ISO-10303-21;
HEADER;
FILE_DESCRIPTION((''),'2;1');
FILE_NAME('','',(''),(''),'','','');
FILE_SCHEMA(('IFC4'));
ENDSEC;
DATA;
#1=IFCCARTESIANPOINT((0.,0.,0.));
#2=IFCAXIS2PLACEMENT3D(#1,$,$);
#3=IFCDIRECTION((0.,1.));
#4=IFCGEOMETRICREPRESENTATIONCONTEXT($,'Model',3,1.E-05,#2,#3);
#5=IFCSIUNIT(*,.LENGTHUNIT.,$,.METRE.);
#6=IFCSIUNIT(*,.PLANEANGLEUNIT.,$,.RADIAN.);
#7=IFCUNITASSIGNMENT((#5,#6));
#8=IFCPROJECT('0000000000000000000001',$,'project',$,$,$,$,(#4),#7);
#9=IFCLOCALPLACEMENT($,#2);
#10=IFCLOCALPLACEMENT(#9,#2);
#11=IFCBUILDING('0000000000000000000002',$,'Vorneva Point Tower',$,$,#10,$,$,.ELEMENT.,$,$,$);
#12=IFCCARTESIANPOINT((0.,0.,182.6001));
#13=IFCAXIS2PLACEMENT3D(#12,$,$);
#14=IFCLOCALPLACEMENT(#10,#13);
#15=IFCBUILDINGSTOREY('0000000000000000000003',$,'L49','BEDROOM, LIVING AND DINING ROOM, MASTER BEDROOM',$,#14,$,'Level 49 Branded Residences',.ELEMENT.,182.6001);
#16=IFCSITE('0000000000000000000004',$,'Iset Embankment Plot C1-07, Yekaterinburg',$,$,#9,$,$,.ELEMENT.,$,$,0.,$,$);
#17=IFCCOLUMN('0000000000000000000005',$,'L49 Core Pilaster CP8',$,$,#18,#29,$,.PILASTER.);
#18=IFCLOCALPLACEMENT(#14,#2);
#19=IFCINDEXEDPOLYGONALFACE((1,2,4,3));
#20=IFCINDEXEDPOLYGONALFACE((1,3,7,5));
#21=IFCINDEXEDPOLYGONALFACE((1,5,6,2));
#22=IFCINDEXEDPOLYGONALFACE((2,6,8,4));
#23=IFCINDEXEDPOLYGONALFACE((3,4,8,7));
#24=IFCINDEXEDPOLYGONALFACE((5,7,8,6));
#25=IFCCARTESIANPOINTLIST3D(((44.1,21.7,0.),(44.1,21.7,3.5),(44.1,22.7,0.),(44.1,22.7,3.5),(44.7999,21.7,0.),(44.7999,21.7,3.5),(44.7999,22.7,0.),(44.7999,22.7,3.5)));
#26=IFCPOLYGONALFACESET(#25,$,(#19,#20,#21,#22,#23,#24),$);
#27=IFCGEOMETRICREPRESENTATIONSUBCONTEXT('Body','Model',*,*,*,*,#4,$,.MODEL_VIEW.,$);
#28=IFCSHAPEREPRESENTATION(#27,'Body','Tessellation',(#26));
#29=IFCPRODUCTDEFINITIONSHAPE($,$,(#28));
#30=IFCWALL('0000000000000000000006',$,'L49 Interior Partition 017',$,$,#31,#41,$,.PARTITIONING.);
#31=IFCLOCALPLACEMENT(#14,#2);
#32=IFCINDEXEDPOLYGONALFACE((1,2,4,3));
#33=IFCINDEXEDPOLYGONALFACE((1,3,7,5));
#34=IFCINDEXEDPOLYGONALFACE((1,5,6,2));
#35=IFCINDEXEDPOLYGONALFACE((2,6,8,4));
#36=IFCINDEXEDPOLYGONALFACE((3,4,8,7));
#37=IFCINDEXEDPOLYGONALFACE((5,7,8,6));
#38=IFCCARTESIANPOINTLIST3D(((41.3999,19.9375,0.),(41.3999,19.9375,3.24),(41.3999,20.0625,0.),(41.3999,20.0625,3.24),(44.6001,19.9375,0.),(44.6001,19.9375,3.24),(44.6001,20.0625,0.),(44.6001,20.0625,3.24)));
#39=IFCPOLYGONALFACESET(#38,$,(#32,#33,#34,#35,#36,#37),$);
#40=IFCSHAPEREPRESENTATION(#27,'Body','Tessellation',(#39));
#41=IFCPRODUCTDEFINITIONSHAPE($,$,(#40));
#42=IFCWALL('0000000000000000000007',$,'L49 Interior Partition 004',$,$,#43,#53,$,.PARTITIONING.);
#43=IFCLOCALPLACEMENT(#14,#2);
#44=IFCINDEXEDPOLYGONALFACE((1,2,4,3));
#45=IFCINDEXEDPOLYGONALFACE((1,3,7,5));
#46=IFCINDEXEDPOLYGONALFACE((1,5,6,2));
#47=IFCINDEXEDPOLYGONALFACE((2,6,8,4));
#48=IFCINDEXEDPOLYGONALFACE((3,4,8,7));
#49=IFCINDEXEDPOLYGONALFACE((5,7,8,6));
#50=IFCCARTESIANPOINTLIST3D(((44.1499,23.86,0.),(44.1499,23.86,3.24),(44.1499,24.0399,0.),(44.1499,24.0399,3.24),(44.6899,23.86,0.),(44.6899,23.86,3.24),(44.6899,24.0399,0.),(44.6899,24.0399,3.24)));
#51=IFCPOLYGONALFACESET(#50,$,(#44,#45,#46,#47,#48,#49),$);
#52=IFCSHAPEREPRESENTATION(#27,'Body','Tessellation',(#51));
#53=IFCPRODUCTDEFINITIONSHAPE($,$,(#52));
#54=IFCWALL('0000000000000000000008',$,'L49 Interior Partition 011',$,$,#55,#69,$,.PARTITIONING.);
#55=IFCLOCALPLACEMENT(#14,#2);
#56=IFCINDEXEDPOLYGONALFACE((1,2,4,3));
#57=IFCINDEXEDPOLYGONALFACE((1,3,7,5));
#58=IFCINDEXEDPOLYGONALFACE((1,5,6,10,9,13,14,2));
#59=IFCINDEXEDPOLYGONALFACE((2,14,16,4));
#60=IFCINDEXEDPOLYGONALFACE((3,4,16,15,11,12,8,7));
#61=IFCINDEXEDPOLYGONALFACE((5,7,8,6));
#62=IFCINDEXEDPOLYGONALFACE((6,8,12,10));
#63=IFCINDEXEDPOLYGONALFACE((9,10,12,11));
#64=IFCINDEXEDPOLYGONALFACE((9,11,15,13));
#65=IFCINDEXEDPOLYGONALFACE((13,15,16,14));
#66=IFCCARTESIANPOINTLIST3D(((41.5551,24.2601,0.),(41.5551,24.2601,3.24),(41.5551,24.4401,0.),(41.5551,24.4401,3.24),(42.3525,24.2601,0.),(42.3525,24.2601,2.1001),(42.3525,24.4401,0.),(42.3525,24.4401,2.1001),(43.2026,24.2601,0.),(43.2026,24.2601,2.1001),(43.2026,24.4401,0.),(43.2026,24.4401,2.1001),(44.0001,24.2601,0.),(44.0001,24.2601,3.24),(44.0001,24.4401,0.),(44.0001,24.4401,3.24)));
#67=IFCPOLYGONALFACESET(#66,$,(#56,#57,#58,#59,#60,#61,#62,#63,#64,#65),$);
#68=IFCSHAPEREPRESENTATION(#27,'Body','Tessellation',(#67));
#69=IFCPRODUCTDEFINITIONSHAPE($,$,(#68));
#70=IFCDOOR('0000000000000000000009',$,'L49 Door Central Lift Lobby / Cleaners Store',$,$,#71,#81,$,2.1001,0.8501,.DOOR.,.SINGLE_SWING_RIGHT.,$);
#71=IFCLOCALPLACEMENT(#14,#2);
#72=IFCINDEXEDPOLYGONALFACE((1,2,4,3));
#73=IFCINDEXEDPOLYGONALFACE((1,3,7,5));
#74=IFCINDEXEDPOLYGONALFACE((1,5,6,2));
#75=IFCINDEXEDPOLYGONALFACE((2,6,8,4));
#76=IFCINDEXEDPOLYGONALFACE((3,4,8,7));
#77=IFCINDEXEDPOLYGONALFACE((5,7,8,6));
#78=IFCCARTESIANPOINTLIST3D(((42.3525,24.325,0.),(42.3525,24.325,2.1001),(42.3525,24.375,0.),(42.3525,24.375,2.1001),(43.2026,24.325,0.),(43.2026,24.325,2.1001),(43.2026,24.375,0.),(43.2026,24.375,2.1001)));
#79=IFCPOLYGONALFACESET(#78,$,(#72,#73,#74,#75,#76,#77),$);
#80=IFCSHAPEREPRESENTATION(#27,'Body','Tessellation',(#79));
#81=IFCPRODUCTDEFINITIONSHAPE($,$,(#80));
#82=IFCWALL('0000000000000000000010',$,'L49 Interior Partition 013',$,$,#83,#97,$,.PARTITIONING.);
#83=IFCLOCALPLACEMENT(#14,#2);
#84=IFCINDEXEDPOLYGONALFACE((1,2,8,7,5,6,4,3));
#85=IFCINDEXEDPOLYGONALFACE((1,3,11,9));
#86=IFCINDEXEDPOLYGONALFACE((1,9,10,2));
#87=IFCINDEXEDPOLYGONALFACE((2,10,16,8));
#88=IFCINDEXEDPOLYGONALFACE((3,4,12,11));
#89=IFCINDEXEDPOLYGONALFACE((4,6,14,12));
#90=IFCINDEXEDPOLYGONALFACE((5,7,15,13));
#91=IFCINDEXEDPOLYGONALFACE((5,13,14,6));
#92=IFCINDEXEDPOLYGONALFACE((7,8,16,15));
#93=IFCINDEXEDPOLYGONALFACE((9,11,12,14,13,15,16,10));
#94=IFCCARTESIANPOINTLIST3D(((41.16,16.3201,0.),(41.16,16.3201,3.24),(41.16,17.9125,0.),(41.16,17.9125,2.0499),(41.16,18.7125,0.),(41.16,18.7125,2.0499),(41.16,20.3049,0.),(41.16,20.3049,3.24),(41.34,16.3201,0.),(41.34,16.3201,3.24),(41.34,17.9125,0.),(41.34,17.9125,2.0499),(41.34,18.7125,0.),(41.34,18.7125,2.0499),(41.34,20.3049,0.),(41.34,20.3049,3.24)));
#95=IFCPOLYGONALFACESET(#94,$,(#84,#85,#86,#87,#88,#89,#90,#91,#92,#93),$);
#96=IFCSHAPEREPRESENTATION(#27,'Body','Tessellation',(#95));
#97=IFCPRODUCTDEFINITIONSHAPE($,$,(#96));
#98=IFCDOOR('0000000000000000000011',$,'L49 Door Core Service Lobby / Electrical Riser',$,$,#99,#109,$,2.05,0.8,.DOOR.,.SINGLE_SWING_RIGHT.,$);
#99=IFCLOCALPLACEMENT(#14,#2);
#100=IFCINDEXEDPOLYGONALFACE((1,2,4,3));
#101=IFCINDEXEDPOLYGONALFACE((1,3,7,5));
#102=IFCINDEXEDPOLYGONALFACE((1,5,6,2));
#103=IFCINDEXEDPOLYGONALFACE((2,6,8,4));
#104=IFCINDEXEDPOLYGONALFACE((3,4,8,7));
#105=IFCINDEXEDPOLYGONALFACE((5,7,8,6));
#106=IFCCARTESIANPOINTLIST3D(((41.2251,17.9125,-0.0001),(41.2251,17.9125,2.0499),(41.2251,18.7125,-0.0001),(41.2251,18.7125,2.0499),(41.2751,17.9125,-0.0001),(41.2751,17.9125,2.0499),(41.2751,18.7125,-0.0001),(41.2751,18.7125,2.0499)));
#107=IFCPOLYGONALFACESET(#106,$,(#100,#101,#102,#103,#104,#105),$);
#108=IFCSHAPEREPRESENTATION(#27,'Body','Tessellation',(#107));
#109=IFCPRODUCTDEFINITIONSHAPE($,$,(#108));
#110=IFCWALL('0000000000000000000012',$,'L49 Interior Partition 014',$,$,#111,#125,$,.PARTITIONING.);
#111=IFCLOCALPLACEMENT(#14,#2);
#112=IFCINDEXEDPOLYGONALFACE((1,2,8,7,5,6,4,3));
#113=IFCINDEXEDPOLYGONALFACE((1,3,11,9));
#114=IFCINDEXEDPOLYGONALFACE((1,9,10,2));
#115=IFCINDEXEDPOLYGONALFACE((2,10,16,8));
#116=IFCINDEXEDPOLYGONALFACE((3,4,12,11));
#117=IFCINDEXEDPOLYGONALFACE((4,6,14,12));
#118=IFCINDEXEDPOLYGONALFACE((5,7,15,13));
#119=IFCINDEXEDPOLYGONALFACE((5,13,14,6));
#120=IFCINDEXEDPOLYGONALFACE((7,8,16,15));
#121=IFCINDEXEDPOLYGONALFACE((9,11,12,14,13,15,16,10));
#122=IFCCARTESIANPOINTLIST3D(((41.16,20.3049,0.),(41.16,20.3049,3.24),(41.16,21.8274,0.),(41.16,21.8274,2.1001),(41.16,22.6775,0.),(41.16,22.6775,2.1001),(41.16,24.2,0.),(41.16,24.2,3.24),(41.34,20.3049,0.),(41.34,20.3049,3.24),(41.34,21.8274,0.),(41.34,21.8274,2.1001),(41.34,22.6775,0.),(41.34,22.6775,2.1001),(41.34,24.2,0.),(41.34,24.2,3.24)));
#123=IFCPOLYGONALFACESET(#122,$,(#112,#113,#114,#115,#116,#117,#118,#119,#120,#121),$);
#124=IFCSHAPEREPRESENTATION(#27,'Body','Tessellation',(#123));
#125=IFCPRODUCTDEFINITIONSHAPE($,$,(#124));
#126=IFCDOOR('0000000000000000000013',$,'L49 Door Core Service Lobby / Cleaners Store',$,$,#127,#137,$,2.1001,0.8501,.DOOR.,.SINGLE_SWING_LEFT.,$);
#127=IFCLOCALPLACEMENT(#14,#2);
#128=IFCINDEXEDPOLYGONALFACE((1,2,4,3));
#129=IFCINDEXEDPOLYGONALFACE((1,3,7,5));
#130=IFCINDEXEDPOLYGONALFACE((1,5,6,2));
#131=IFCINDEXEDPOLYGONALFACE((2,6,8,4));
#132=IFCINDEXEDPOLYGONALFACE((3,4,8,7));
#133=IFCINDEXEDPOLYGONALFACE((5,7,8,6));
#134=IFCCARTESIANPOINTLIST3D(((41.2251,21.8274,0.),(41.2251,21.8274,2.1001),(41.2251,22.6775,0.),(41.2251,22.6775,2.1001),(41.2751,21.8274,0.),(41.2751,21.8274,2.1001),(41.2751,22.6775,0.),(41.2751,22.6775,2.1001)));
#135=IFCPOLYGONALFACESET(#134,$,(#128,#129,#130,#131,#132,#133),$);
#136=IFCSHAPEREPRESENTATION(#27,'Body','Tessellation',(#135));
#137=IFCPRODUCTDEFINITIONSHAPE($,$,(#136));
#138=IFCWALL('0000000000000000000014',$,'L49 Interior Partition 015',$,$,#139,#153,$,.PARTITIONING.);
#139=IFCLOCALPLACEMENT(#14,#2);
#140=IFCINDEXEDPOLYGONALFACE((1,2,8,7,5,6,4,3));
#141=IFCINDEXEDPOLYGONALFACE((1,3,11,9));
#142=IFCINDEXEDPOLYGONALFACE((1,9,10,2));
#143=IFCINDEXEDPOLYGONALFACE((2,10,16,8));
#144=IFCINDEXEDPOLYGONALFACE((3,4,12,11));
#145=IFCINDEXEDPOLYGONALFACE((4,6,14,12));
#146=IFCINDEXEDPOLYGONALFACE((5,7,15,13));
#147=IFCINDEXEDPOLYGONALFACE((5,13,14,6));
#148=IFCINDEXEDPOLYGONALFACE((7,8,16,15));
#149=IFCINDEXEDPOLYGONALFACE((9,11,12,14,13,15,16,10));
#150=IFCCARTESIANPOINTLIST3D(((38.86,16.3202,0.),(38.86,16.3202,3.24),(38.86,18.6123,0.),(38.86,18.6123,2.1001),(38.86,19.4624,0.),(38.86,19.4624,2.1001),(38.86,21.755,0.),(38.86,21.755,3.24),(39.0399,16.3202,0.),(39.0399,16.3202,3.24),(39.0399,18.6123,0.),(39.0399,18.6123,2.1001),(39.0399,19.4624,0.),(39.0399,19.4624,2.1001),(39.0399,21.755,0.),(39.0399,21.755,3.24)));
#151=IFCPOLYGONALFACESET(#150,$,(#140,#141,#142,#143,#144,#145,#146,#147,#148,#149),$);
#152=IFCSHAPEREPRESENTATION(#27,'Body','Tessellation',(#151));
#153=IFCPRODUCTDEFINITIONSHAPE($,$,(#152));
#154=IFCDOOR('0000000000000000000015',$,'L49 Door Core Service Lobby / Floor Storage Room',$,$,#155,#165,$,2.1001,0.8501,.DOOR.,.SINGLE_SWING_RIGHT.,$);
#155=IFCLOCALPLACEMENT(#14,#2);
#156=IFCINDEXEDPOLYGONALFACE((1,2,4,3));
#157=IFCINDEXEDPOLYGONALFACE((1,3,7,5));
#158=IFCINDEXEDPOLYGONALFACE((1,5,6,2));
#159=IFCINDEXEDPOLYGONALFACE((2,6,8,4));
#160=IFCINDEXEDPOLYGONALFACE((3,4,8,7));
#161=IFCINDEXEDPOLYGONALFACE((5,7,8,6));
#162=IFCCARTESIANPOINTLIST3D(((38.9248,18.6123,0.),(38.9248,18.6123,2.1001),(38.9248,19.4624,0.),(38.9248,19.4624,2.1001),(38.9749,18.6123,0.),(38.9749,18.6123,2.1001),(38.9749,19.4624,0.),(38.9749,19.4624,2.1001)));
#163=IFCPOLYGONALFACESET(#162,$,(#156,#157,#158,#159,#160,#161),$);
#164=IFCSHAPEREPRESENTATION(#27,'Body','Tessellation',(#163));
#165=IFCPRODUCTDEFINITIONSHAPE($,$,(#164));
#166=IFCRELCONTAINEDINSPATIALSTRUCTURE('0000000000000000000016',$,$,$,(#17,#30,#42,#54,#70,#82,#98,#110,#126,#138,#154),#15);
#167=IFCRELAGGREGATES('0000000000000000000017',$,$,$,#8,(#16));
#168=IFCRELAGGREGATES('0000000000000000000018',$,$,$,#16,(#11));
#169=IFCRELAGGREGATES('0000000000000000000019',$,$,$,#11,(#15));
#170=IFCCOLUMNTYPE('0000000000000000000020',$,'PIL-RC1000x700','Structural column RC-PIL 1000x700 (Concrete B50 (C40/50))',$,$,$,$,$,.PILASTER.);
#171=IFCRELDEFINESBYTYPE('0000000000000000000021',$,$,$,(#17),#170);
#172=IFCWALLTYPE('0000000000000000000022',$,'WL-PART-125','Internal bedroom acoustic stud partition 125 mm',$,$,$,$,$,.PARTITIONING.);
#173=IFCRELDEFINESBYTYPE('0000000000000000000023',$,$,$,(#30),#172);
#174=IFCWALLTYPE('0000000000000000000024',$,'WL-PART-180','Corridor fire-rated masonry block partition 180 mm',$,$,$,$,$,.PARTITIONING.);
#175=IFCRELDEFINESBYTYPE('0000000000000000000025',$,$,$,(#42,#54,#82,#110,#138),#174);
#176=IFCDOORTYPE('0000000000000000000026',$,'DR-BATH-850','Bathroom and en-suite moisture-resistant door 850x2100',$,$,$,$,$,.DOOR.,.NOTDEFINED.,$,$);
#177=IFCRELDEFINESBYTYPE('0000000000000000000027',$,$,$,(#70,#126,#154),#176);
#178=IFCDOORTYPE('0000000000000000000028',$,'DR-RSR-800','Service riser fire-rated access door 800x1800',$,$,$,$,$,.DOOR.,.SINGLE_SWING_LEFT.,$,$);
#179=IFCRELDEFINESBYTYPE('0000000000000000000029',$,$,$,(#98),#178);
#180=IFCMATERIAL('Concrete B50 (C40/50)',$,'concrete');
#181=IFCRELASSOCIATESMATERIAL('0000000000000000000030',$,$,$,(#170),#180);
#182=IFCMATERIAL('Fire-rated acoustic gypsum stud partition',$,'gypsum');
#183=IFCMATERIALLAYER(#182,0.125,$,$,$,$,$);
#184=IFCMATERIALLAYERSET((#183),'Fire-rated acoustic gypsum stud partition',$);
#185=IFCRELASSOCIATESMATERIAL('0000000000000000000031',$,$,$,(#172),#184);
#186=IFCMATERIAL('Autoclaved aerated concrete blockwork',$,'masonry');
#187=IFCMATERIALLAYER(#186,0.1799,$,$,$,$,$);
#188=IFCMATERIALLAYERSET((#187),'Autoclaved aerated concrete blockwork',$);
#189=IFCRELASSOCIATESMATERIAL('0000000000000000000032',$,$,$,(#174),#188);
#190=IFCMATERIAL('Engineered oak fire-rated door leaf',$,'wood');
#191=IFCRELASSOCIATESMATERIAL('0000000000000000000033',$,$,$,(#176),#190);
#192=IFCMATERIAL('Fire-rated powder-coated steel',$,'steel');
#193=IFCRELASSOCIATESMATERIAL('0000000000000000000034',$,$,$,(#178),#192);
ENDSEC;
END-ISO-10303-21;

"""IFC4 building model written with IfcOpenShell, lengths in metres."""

from ifc_helpers import new_model, si_unit, direction, frame, frame_2d, origin, origin_2d, place, context, subcontext, project, spatial, rectangle, extrude, material, layer, layer_set, material_profile, profile_set, type_object, element, fill, save


model = new_model("IFC4")

# Units and contexts
model_context = context("Model", 3, precision=1e-05, world=origin(), true_north=direction((0.0, 1.0)))
body_context = subcontext(model_context, "Body", "Model", "MODEL_VIEW")
ifc_project = project(units=[si_unit("LENGTHUNIT", "METRE"), si_unit("PLANEANGLEUNIT", "RADIAN")], contexts=[model_context])

# Site, building, storey
site_placement = place(None, origin())
site = spatial("IfcSite", under=ifc_project, at=site_placement, Name="Iset Embankment Plot C1-07, Yekaterinburg", CompositionType="ELEMENT", RefElevation=0.0)
building_placement = place(site_placement, origin())
building = spatial("IfcBuilding", under=site, at=building_placement, Name="Vorneva Point Tower", CompositionType="ELEMENT")
storey_placement = place(building_placement, frame((0.0, 0.0, 182.6001)))
storey = spatial("IfcBuildingStorey", under=building, at=storey_placement, Name="L49", Description="BEDROOM, LIVING AND DINING ROOM, MASTER BEDROOM", LongName="Level 49 Branded Residences", CompositionType="ELEMENT", Elevation=182.6001)

# Column
ifc_material_1 = material(Name="Concrete B50 (C40/50)", Category="concrete")
ifc_material_profile = material_profile(ifc_material_1, rectangle(XDim=0.7, YDim=1.0, at=origin_2d()), Name="RC-PIL 1000x700")
ifc_profile_set = profile_set([ifc_material_profile], Name="Concrete B50 (C40/50)")
column_type = type_object("IfcColumnType", Name="PIL-RC1000x700", Description="Structural column RC-PIL 1000x700 (Concrete B50 (C40/50))", PredefinedType="PILASTER", material=ifc_profile_set)
column_placement = place(storey_placement, frame((44.45, 22.2, 0.0), z_axis=(0.0, 0.0, 1.0), x_axis=(1.0, 0.0, 0.0)))
element("IfcColumn", 1, at=column_placement, inside=storey, type_object=column_type, Name="L49 Core Pilaster CP8", PredefinedType="PILASTER", context=body_context, shape_type="SweptSolid", body=[
    extrude(rectangle(XDim=0.7, YDim=1.0, at=origin_2d()), origin(), (0.0, 0.0, 1.0), 3.5),
])

# Walls
ifc_material_2 = material(Name="Fire-rated acoustic gypsum stud partition", Category="gypsum")
ifc_layer_1 = layer(ifc_material_2, 0.125)
ifc_layer_set_1 = layer_set([ifc_layer_1], Name="Fire-rated acoustic gypsum stud partition")
wall_type_1 = type_object("IfcWallType", Name="WL-PART-125", Description="Internal bedroom acoustic stud partition 125 mm", PredefinedType="PARTITIONING", material=ifc_layer_set_1)
wall_1_placement = place(storey_placement, frame((44.6001, 20.0, 0.0), z_axis=(0.0, 0.0, 1.0), x_axis=(-1.0, 0.0, 0.0)))
element("IfcWall", 2, at=wall_1_placement, inside=storey, type_object=wall_type_1, Name="L49 Interior Partition 017", PredefinedType="PARTITIONING", context=body_context, shape_type="SweptSolid", body=[
    extrude(rectangle(XDim=3.2002, YDim=0.125, at=frame_2d((1.6001, 0.0))), origin(), (0.0, 0.0, 1.0), 3.24),
])
ifc_material_3 = material(Name="Autoclaved aerated concrete blockwork", Category="masonry")
ifc_layer_2 = layer(ifc_material_3, 0.1799)
ifc_layer_set_2 = layer_set([ifc_layer_2], Name="Autoclaved aerated concrete blockwork")
wall_type_2 = type_object("IfcWallType", Name="WL-PART-180", Description="Corridor fire-rated masonry block partition 180 mm", PredefinedType="PARTITIONING", material=ifc_layer_set_2)
wall_2_placement = place(storey_placement, frame((44.1499, 23.95, 0.0), z_axis=(0.0, 0.0, 1.0), x_axis=(1.0, 0.0, 0.0)))
element("IfcWall", 3, at=wall_2_placement, inside=storey, type_object=wall_type_2, Name="L49 Interior Partition 004", PredefinedType="PARTITIONING", context=body_context, shape_type="SweptSolid", body=[
    extrude(rectangle(XDim=0.54, YDim=0.1799, at=frame_2d((0.27, 0.0))), origin(), (0.0, 0.0, 1.0), 3.24),
])

# Walls, openings, doors
ifc_material_4 = material(Name="Fire-rated powder-coated steel", Category="steel")
wall_3_placement = place(storey_placement, frame((41.5549, 24.3501, 0.0), z_axis=(0.0, 0.0, 1.0), x_axis=(1.0, 0.0, 0.0)))
wall_3 = element("IfcWall", 4, at=wall_3_placement, inside=storey, type_object=wall_type_2, Name="L49 Interior Partition 011", PredefinedType="PARTITIONING", context=body_context, shape_type="SweptSolid", body=[
    extrude(rectangle(XDim=2.4451, YDim=0.1799, at=frame_2d((1.2227, 0.0))), origin(), (0.0, 0.0, 1.0), 3.24),
])
opening_1_placement = place(wall_3_placement, frame((0.7976, 0.0, 0.0)))
opening_1 = element("IfcOpeningElement", 5, at=opening_1_placement, cuts=wall_3, PredefinedType="OPENING", context=body_context, shape_type="SweptSolid", body=[
    extrude(rectangle(XDim=0.8501, YDim=2.1001, at=frame_2d((0.425, 1.05))), frame((0.0, 0.105, 0.0), z_axis=(0.0, -1.0, 0.0), x_axis=(1.0, 0.0, 0.0)), (0.0, 0.0, 1.0), 0.2097),
])
ifc_material_5 = material(Name="Engineered oak fire-rated door leaf", Category="wood")
door_type_1 = type_object("IfcDoorType", Name="DR-BATH-850", Description="Bathroom and en-suite moisture-resistant door 850x2100", OperationType="NOTDEFINED", PredefinedType="DOOR", material=ifc_material_5)
door_1_placement = place(opening_1_placement, origin())
door_1 = element("IfcDoor", 6, at=door_1_placement, inside=storey, type_object=door_type_1, Name="L49 Door Central Lift Lobby / Cleaners Store", OperationType="SINGLE_SWING_RIGHT", OverallHeight=2.1001, OverallWidth=0.8501, PredefinedType="DOOR", context=body_context, shape_type="SweptSolid", body=[
    extrude(rectangle(XDim=0.8501, YDim=2.1001, at=frame_2d((0.425, 1.05))), frame((0.0, 0.0249, 0.0), z_axis=(0.0, -1.0, 0.0), x_axis=(1.0, 0.0, 0.0)), (0.0, 0.0, 1.0), 0.05),
])
fill(opening_1, door_1)
wall_4_placement = place(storey_placement, frame((41.25, 16.3201, 0.0), z_axis=(0.0, 0.0, 1.0), x_axis=(0.0, 1.0, 0.0)))
wall_4 = element("IfcWall", 7, at=wall_4_placement, inside=storey, type_object=wall_type_2, Name="L49 Interior Partition 013", PredefinedType="PARTITIONING", context=body_context, shape_type="SweptSolid", body=[
    extrude(rectangle(XDim=3.9849, YDim=0.1799, at=frame_2d((1.9924, 0.0))), origin(), (0.0, 0.0, 1.0), 3.24),
])
opening_2_placement = place(wall_4_placement, frame((1.5925, 0.0, 0.0)))
opening_2 = element("IfcOpeningElement", 8, at=opening_2_placement, cuts=wall_4, PredefinedType="OPENING", context=body_context, shape_type="SweptSolid", body=[
    extrude(rectangle(XDim=0.8, YDim=2.05, at=frame_2d((0.3999, 1.0249))), frame((0.0, 0.105, 0.0), z_axis=(0.0, -1.0, 0.0), x_axis=(1.0, 0.0, 0.0)), (0.0, 0.0, 1.0), 0.2097),
])
door_type_2 = type_object("IfcDoorType", Name="DR-RSR-800", Description="Service riser fire-rated access door 800x1800", OperationType="SINGLE_SWING_LEFT", PredefinedType="DOOR", material=ifc_material_4)
door_2_placement = place(opening_2_placement, origin())
door_2 = element("IfcDoor", 9, at=door_2_placement, inside=storey, type_object=door_type_2, Name="L49 Door Core Service Lobby / Electrical Riser", OperationType="SINGLE_SWING_RIGHT", OverallHeight=2.05, OverallWidth=0.8, PredefinedType="DOOR", context=body_context, shape_type="SweptSolid", body=[
    extrude(rectangle(XDim=0.8, YDim=2.05, at=frame_2d((0.3999, 1.0249))), frame((0.0, 0.0249, 0.0), z_axis=(0.0, -1.0, 0.0), x_axis=(1.0, 0.0, 0.0)), (0.0, 0.0, 1.0), 0.05),
])
fill(opening_2, door_2)
wall_5_placement = place(storey_placement, frame((41.25, 20.3049, 0.0), z_axis=(0.0, 0.0, 1.0), x_axis=(0.0, 1.0, 0.0)))
wall_5 = element("IfcWall", 10, at=wall_5_placement, inside=storey, type_object=wall_type_2, Name="L49 Interior Partition 014", PredefinedType="PARTITIONING", context=body_context, shape_type="SweptSolid", body=[
    extrude(rectangle(XDim=3.895, YDim=0.1799, at=frame_2d((1.9475, 0.0))), origin(), (0.0, 0.0, 1.0), 3.24),
])
opening_3_placement = place(wall_5_placement, frame((1.5225, 0.0, 0.0)))
opening_3 = element("IfcOpeningElement", 11, at=opening_3_placement, cuts=wall_5, PredefinedType="OPENING", context=body_context, shape_type="SweptSolid", body=[
    extrude(rectangle(XDim=0.8501, YDim=2.1001, at=frame_2d((0.425, 1.05))), frame((0.0, 0.105, 0.0), z_axis=(0.0, -1.0, 0.0), x_axis=(1.0, 0.0, 0.0)), (0.0, 0.0, 1.0), 0.2097),
])
door_3_placement = place(opening_3_placement, origin())
door_3 = element("IfcDoor", 12, at=door_3_placement, inside=storey, type_object=door_type_1, Name="L49 Door Core Service Lobby / Cleaners Store", OperationType="SINGLE_SWING_LEFT", OverallHeight=2.1001, OverallWidth=0.8501, PredefinedType="DOOR", context=body_context, shape_type="SweptSolid", body=[
    extrude(rectangle(XDim=0.8501, YDim=2.1001, at=frame_2d((0.425, 1.05))), frame((0.0, 0.0249, 0.0), z_axis=(0.0, -1.0, 0.0), x_axis=(1.0, 0.0, 0.0)), (0.0, 0.0, 1.0), 0.05),
])
fill(opening_3, door_3)
wall_6_placement = place(storey_placement, frame((38.95, 21.7549, 0.0), z_axis=(0.0, 0.0, 1.0), x_axis=(0.0, -1.0, 0.0)))
wall_6 = element("IfcWall", 13, at=wall_6_placement, inside=storey, type_object=wall_type_2, Name="L49 Interior Partition 015", PredefinedType="PARTITIONING", context=body_context, shape_type="SweptSolid", body=[
    extrude(rectangle(XDim=5.4348, YDim=0.1799, at=frame_2d((2.7173, 0.0))), origin(), (0.0, 0.0, 1.0), 3.24),
])
opening_4_placement = place(wall_6_placement, frame((2.2925, 0.0, 0.0)))
opening_4 = element("IfcOpeningElement", 14, at=opening_4_placement, cuts=wall_6, PredefinedType="OPENING", context=body_context, shape_type="SweptSolid", body=[
    extrude(rectangle(XDim=0.8501, YDim=2.1001, at=frame_2d((0.425, 1.05))), frame((0.0, 0.105, 0.0), z_axis=(0.0, -1.0, 0.0), x_axis=(1.0, 0.0, 0.0)), (0.0, 0.0, 1.0), 0.2097),
])
door_4_placement = place(opening_4_placement, origin())
door_4 = element("IfcDoor", 15, at=door_4_placement, inside=storey, type_object=door_type_1, Name="L49 Door Core Service Lobby / Floor Storage Room", OperationType="SINGLE_SWING_RIGHT", OverallHeight=2.1001, OverallWidth=0.8501, PredefinedType="DOOR", context=body_context, shape_type="SweptSolid", body=[
    extrude(rectangle(XDim=0.8501, YDim=2.1001, at=frame_2d((0.425, 1.05))), frame((0.0, 0.0249, 0.0), z_axis=(0.0, -1.0, 0.0), x_axis=(1.0, 0.0, 0.0)), (0.0, 0.0, 1.0), 0.05),
])
fill(opening_4, door_4)

save(model, "model.ifc")
